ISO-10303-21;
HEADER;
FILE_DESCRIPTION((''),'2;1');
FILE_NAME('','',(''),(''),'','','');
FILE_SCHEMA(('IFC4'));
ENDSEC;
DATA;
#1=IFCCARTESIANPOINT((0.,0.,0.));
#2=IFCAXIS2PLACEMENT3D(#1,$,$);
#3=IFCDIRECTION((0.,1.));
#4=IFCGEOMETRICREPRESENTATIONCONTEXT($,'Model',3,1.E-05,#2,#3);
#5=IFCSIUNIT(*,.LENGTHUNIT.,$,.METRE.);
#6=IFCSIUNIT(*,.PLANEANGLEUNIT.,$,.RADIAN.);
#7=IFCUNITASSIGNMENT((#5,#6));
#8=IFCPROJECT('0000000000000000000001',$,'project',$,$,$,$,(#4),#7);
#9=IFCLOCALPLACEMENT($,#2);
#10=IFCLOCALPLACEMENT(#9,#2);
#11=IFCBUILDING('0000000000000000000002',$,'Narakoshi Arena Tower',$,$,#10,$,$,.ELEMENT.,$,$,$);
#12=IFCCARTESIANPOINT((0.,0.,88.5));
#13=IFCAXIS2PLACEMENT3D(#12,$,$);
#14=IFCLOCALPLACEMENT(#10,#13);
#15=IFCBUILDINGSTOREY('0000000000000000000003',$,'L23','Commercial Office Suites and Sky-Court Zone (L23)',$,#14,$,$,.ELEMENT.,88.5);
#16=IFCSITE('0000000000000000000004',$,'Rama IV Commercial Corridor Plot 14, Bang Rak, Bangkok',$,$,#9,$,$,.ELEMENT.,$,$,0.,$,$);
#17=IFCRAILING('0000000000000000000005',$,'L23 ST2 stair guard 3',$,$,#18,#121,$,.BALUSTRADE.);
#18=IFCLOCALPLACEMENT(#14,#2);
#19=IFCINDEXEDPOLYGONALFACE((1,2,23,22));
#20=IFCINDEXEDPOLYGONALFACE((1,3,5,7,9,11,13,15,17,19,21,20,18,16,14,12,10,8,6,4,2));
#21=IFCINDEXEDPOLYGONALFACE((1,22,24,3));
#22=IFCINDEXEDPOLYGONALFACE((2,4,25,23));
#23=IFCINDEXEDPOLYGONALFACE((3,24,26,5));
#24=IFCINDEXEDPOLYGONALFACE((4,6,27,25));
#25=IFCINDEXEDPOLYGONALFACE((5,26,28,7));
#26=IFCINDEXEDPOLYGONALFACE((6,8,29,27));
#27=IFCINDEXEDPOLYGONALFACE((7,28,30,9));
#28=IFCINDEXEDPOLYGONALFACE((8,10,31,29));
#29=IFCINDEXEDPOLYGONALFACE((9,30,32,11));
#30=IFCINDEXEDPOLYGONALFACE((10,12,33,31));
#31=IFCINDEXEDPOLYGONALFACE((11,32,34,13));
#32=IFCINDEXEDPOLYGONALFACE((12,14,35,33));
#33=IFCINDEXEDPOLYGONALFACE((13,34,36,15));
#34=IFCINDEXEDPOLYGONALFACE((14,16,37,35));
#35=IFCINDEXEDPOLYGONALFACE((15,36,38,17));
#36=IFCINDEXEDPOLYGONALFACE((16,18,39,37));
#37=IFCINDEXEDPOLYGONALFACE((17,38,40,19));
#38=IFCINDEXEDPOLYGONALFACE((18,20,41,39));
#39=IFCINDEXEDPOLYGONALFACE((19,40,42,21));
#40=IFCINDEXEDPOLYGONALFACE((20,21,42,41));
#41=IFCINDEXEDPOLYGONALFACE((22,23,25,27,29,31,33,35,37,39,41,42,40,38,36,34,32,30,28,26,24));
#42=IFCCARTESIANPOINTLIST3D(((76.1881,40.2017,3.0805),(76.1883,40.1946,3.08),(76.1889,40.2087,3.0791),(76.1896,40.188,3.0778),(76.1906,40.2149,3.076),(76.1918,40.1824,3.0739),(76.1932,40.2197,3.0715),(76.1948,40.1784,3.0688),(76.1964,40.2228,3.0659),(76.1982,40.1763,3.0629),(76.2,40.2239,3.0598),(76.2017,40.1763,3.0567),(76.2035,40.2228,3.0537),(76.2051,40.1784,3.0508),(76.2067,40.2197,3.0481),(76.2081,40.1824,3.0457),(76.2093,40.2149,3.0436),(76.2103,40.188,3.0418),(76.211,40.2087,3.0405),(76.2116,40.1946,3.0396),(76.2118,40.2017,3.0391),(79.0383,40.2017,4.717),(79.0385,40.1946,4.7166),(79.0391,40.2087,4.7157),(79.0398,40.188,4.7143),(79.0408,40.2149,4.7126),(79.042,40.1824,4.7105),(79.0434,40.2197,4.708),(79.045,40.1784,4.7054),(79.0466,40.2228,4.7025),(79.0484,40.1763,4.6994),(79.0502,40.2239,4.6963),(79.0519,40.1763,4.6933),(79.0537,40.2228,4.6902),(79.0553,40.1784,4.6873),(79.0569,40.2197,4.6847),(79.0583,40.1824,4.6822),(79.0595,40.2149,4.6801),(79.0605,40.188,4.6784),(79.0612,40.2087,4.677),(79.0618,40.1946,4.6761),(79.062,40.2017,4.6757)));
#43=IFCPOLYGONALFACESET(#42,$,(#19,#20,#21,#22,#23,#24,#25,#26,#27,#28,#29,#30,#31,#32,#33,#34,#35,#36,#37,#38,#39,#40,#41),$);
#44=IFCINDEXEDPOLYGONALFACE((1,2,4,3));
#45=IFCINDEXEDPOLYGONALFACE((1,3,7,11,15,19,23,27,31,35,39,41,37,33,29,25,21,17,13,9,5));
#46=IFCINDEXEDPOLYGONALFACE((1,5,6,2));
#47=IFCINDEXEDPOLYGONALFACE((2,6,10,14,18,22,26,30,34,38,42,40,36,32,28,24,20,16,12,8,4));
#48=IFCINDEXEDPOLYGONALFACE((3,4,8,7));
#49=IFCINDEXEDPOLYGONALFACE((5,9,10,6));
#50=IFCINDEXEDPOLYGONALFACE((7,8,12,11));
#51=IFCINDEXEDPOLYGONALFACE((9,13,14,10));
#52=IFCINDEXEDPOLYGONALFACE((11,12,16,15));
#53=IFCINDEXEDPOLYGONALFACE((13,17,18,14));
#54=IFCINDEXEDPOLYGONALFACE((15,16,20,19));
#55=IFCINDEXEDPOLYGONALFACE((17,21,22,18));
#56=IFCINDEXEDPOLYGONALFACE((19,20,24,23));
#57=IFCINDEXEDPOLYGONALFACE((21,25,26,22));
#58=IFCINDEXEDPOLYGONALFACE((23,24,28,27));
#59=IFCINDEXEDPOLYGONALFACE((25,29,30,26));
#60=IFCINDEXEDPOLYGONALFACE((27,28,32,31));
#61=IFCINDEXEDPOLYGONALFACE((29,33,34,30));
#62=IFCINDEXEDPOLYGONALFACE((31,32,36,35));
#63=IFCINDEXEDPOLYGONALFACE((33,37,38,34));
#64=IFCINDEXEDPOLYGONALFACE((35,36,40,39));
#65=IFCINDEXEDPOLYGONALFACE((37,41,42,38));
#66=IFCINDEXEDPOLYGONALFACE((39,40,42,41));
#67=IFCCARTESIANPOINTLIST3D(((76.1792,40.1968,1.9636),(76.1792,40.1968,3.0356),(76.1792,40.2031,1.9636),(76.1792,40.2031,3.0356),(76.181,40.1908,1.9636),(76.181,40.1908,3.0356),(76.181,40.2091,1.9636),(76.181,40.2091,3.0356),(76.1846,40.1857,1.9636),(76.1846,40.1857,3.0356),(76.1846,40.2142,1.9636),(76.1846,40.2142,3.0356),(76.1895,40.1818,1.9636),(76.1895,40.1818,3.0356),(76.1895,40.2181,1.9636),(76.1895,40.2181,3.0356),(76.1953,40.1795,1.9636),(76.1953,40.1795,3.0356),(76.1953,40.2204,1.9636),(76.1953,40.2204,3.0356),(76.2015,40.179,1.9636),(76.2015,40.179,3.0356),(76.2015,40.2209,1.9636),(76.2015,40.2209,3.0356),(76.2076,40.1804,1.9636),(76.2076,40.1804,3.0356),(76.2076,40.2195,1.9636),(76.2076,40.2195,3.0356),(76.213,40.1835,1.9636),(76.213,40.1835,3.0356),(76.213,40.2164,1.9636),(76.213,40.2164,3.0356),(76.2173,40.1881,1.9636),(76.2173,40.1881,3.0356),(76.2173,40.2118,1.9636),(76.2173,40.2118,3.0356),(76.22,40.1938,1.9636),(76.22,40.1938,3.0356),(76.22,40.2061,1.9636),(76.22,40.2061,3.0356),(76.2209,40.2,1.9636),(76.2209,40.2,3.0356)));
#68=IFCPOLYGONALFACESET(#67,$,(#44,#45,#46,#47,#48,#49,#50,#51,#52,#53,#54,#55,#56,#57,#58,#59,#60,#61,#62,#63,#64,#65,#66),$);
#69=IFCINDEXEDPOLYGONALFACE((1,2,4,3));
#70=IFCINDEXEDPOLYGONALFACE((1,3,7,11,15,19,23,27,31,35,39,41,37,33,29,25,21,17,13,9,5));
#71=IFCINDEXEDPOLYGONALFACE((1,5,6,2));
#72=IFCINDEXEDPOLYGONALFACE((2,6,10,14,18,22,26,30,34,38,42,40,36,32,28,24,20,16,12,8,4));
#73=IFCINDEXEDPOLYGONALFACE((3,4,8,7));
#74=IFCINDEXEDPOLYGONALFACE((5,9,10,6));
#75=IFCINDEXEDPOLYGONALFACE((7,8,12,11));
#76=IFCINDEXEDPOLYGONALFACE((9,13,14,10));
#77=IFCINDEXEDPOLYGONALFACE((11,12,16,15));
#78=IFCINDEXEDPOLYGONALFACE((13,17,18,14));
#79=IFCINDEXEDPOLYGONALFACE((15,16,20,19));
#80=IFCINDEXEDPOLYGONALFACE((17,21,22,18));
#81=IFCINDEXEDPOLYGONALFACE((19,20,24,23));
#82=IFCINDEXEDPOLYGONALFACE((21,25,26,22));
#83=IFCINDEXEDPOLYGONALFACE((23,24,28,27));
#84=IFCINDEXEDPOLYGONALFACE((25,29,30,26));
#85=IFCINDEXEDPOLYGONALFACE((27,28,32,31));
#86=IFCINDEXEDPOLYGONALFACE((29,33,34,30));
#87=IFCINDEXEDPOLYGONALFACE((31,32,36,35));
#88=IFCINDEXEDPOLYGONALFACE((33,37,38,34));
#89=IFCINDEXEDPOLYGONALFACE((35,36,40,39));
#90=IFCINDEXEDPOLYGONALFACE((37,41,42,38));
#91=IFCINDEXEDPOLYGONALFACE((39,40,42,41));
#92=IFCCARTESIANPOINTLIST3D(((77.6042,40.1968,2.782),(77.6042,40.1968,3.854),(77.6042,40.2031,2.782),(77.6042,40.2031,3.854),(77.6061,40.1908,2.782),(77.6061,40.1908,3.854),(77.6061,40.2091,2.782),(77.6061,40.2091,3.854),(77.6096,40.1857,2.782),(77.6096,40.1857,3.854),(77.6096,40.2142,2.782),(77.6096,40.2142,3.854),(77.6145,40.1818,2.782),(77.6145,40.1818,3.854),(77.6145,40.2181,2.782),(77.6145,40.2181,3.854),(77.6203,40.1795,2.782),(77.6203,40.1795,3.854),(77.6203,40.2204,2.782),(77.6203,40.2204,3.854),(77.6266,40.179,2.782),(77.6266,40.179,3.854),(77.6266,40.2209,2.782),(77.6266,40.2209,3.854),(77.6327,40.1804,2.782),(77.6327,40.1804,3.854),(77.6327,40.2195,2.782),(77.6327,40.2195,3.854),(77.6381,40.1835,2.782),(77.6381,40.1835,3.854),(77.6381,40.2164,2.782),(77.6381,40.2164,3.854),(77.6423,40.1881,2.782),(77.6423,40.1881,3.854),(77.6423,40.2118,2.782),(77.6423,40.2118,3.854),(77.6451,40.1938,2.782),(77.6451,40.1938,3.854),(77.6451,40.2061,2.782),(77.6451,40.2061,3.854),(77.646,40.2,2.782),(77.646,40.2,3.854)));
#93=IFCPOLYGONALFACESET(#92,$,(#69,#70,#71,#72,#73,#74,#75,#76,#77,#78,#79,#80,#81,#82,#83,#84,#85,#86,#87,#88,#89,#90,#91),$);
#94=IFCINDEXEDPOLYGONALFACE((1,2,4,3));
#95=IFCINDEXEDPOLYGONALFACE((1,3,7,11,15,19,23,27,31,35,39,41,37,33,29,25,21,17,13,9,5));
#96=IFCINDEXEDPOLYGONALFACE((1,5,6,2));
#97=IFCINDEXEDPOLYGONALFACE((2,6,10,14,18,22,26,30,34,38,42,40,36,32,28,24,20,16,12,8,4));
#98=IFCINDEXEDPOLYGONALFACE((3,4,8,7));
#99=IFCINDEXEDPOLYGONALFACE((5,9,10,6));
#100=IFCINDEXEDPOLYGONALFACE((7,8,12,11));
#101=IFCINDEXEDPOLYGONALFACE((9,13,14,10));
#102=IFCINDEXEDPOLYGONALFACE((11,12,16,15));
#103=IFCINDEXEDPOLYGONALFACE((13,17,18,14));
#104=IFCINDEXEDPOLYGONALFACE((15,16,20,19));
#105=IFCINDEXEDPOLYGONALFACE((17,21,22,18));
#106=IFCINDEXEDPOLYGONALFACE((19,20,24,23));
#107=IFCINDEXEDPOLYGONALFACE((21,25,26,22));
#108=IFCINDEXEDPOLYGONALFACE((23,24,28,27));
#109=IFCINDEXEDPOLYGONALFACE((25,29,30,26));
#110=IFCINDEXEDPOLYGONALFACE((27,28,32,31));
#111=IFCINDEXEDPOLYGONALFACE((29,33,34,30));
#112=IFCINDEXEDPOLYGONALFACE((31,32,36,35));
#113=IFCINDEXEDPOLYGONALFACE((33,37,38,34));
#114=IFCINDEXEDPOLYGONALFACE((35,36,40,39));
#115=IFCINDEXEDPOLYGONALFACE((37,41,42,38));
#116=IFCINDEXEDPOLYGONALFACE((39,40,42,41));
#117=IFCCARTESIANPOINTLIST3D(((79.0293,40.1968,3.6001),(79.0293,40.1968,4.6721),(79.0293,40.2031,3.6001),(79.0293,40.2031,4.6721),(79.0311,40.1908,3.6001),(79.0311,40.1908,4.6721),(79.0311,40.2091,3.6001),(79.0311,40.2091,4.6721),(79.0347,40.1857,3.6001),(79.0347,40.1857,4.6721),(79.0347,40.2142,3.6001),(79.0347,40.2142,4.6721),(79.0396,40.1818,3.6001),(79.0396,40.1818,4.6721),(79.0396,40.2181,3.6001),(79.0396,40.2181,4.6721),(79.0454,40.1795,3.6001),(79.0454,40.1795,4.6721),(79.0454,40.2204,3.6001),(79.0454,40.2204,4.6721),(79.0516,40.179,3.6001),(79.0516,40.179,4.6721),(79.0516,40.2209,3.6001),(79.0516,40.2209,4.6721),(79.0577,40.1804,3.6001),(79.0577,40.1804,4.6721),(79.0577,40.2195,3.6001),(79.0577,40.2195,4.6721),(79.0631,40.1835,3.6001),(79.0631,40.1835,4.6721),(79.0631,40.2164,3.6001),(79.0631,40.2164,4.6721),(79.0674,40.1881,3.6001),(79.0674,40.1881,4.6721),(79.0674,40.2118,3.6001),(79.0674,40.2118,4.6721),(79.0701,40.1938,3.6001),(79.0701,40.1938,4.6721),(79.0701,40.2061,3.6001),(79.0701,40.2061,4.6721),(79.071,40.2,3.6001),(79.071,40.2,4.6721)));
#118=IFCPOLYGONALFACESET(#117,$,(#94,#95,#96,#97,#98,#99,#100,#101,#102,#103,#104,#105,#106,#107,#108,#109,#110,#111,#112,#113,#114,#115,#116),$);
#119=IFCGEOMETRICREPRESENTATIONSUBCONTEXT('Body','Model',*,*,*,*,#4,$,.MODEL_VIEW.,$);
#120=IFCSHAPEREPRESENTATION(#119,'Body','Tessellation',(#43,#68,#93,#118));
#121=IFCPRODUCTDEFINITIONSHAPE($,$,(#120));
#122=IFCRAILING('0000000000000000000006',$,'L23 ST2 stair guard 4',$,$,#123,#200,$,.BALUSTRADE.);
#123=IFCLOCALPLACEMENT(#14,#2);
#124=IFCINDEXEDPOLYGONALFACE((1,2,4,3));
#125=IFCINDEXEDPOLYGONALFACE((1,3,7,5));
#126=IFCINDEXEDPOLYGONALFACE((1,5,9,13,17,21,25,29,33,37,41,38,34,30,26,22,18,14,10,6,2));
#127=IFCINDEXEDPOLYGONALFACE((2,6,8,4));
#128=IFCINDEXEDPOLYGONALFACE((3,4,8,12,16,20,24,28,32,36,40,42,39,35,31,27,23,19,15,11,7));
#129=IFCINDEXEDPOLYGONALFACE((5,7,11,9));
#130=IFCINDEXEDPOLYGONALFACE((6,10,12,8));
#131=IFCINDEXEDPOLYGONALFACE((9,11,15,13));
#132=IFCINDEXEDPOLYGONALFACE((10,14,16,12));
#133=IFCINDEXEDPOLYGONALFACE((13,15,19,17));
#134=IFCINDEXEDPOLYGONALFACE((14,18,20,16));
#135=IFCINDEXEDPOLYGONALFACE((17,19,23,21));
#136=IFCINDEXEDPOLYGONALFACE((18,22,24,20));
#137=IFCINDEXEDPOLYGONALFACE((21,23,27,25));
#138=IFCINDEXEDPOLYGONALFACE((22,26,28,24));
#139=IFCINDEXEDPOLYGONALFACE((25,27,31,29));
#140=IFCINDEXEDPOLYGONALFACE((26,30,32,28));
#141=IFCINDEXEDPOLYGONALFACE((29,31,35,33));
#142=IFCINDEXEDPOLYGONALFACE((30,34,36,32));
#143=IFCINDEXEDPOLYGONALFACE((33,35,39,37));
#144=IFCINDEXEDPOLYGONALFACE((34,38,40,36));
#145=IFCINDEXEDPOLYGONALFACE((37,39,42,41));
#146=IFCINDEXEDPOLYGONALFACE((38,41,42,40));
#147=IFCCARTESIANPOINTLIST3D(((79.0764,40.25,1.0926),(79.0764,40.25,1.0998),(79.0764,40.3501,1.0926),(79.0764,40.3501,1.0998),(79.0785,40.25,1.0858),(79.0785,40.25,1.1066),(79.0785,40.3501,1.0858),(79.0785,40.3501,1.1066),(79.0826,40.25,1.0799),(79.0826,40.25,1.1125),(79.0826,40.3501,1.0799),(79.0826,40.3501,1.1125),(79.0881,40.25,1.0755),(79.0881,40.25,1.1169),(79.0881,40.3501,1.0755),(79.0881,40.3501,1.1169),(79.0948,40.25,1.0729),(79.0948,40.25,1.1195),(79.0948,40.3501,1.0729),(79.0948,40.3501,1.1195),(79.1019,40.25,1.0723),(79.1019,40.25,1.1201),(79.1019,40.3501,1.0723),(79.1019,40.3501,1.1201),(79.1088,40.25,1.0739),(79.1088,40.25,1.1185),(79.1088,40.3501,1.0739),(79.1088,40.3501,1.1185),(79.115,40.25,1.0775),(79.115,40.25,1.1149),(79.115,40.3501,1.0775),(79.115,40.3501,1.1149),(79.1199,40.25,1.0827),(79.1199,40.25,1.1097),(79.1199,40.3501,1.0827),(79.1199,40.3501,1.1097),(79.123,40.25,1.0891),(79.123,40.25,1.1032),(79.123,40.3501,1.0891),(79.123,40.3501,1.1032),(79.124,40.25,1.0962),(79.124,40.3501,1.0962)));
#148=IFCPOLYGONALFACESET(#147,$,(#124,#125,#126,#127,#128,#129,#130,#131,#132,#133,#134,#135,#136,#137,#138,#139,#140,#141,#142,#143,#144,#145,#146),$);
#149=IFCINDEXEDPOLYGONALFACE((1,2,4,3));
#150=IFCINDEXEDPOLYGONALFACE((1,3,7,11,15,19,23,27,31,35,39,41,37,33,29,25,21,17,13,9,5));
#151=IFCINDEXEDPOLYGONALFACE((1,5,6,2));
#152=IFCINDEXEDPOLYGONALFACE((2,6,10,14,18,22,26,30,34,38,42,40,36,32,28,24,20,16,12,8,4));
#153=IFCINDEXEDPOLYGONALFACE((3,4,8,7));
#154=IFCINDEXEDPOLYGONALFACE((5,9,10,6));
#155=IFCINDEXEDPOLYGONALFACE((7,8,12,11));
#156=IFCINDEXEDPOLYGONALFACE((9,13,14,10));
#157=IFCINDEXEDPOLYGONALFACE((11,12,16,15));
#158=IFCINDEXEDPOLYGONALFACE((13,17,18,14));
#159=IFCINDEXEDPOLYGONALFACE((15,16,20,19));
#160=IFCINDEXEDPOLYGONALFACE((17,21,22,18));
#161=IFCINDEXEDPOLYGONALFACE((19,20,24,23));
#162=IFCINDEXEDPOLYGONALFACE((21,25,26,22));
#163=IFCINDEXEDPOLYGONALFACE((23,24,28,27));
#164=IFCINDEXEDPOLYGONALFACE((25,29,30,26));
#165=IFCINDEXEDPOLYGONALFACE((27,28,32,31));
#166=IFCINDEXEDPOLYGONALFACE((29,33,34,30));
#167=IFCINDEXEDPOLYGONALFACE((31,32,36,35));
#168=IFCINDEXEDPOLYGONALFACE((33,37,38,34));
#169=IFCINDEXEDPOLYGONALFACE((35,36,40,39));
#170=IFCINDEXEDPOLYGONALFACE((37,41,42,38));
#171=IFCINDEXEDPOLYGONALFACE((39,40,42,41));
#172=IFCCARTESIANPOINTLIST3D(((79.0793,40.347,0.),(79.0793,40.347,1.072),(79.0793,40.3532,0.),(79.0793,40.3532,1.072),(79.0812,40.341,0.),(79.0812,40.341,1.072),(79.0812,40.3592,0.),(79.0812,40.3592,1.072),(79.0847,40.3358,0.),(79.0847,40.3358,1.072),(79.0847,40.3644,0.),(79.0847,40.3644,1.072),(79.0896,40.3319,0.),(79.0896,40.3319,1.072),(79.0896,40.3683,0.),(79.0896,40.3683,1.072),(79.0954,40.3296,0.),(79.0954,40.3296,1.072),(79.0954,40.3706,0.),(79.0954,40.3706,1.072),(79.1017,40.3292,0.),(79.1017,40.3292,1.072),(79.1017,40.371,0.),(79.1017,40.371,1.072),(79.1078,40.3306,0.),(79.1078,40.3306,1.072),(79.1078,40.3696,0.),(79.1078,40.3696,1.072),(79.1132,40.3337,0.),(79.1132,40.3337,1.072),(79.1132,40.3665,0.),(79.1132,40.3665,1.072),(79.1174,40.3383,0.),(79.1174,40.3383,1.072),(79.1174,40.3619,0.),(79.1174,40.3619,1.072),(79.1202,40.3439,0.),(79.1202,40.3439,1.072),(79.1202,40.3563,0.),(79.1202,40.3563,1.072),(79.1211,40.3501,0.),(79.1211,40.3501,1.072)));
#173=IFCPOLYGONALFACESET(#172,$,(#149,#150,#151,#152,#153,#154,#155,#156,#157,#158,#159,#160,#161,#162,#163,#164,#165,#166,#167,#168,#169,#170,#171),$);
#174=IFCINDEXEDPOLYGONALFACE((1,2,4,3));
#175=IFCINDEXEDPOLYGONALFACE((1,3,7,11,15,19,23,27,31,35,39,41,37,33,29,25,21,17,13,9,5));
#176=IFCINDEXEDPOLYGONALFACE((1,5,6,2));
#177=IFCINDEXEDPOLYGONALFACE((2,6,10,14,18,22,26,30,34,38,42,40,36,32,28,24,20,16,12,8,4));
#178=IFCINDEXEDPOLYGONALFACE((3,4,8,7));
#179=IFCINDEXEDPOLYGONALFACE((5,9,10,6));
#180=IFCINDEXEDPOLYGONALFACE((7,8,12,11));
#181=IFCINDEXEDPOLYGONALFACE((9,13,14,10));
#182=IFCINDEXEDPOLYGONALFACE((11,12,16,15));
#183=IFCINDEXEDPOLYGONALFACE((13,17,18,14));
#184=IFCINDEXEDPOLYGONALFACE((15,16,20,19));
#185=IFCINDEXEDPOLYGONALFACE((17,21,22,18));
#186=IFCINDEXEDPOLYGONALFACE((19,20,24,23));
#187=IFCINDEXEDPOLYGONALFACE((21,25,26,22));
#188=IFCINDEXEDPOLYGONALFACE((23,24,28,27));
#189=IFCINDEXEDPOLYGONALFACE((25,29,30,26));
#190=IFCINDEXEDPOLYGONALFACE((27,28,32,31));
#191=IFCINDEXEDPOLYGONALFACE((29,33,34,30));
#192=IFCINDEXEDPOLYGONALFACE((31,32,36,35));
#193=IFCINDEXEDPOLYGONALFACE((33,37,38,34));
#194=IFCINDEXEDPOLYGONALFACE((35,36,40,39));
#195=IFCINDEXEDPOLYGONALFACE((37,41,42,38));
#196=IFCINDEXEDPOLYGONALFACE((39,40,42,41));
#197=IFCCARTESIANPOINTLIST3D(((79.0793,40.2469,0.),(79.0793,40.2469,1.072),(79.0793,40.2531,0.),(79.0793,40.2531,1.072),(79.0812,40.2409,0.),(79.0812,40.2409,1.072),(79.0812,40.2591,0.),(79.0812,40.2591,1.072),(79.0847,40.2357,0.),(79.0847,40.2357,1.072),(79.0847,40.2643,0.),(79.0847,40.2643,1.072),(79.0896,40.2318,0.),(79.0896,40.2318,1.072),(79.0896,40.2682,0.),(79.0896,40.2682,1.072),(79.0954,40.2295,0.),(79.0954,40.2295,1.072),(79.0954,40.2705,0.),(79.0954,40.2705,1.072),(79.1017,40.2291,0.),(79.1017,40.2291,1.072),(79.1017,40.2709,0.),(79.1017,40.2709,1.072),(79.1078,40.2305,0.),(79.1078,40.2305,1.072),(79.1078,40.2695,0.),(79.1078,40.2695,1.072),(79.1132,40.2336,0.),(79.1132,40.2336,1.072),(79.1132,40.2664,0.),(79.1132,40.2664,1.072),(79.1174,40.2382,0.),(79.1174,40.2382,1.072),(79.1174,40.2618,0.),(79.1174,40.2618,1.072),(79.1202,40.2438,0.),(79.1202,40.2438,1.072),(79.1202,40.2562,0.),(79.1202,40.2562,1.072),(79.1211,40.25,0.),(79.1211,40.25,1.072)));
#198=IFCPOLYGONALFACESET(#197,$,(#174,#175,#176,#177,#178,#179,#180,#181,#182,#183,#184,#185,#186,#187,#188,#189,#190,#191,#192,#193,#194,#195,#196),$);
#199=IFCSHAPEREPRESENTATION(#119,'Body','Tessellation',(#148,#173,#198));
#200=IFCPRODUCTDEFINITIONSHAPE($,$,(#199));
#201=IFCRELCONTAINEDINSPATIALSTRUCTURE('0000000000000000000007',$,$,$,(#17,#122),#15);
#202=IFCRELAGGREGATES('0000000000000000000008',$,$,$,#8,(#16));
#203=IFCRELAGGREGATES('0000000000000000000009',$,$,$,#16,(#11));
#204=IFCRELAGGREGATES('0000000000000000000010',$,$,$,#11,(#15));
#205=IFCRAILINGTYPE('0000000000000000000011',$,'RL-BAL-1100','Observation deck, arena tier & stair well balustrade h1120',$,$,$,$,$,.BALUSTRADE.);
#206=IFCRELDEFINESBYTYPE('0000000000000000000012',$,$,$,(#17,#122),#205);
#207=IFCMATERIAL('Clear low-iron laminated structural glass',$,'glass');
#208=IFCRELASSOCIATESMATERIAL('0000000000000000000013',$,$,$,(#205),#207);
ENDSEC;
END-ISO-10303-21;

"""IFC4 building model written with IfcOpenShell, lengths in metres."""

from ifc_helpers import new_model, si_unit, direction, frame, origin, origin_2d, place, context, subcontext, project, spatial, circle, extrude, material, type_object, element, save


model = new_model("IFC4")

# Units and contexts
model_context = context("Model", 3, precision=1e-05, world=origin(), true_north=direction((0.0, 1.0)))
body_context = subcontext(model_context, "Body", "Model", "MODEL_VIEW")
ifc_project = project(units=[si_unit("LENGTHUNIT", "METRE"), si_unit("PLANEANGLEUNIT", "RADIAN")], contexts=[model_context])

# Site, building, storey
site_placement = place(None, origin())
site = spatial("IfcSite", under=ifc_project, at=site_placement, Name="Rama IV Commercial Corridor Plot 14, Bang Rak, Bangkok", CompositionType="ELEMENT", RefElevation=0.0)
building_placement = place(site_placement, origin())
building = spatial("IfcBuilding", under=site, at=building_placement, Name="Narakoshi Arena Tower", CompositionType="ELEMENT")
storey_placement = place(building_placement, frame((0.0, 0.0, 88.5)))
storey = spatial("IfcBuildingStorey", under=building, at=storey_placement, Name="L23", Description="Commercial Office Suites and Sky-Court Zone (L23)", CompositionType="ELEMENT", Elevation=88.5)

# Railings
ifc_material_1 = material(Name="Clear low-iron laminated structural glass", Category="glass")
railing_type_1 = type_object("IfcRailingType", Name="RL-BAL-1100", Description="Observation deck, arena tier & stair well balustrade h1120", PredefinedType="BALUSTRADE", material=ifc_material_1)
railing_1_placement = place(storey_placement, frame((76.2, 40.2, 1.9636)))
element("IfcRailing", 1, at=railing_1_placement, inside=storey, type_object=railing_type_1, Name="L23 ST2 stair guard 3", PredefinedType="BALUSTRADE", context=body_context, shape_type="SweptSolid", body=[
    extrude(circle(Radius=0.0239, at=origin_2d()), frame((0.0, 0.0, 1.0962), z_axis=(0.867213, 0.0, 0.497938), x_axis=(0.0, 1.0, 0.0)), (0.0, 0.0, 1.0), 3.2866),
    extrude(circle(Radius=0.021, at=origin_2d()), origin(), (0.0, 0.0, 1.0), 1.072),
    extrude(circle(Radius=0.021, at=origin_2d()), frame((1.425, 0.0, 0.8184)), (0.0, 0.0, 1.0), 1.072),
    extrude(circle(Radius=0.021, at=origin_2d()), frame((2.8501, 0.0, 1.6365)), (0.0, 0.0, 1.0), 1.072),
])
railing_2_placement = place(storey_placement, frame((79.1001, 40.3501, 0.0)))
element("IfcRailing", 2, at=railing_2_placement, inside=storey, type_object=railing_type_1, Name="L23 ST2 stair guard 4", PredefinedType="BALUSTRADE", context=body_context, shape_type="SweptSolid", body=[
    extrude(circle(Radius=0.0239, at=origin_2d()), frame((0.0, 0.0, 1.0962), z_axis=(0.0, -1.0, 0.0), x_axis=(1.0, 0.0, 0.0)), (0.0, 0.0, 1.0), 0.1001),
    extrude(circle(Radius=0.021, at=origin_2d()), origin(), (0.0, 0.0, 1.0), 1.072),
    extrude(circle(Radius=0.021, at=origin_2d()), frame((0.0, -0.1001, 0.0)), (0.0, 0.0, 1.0), 1.072),
])

save(model, "model.ifc")
